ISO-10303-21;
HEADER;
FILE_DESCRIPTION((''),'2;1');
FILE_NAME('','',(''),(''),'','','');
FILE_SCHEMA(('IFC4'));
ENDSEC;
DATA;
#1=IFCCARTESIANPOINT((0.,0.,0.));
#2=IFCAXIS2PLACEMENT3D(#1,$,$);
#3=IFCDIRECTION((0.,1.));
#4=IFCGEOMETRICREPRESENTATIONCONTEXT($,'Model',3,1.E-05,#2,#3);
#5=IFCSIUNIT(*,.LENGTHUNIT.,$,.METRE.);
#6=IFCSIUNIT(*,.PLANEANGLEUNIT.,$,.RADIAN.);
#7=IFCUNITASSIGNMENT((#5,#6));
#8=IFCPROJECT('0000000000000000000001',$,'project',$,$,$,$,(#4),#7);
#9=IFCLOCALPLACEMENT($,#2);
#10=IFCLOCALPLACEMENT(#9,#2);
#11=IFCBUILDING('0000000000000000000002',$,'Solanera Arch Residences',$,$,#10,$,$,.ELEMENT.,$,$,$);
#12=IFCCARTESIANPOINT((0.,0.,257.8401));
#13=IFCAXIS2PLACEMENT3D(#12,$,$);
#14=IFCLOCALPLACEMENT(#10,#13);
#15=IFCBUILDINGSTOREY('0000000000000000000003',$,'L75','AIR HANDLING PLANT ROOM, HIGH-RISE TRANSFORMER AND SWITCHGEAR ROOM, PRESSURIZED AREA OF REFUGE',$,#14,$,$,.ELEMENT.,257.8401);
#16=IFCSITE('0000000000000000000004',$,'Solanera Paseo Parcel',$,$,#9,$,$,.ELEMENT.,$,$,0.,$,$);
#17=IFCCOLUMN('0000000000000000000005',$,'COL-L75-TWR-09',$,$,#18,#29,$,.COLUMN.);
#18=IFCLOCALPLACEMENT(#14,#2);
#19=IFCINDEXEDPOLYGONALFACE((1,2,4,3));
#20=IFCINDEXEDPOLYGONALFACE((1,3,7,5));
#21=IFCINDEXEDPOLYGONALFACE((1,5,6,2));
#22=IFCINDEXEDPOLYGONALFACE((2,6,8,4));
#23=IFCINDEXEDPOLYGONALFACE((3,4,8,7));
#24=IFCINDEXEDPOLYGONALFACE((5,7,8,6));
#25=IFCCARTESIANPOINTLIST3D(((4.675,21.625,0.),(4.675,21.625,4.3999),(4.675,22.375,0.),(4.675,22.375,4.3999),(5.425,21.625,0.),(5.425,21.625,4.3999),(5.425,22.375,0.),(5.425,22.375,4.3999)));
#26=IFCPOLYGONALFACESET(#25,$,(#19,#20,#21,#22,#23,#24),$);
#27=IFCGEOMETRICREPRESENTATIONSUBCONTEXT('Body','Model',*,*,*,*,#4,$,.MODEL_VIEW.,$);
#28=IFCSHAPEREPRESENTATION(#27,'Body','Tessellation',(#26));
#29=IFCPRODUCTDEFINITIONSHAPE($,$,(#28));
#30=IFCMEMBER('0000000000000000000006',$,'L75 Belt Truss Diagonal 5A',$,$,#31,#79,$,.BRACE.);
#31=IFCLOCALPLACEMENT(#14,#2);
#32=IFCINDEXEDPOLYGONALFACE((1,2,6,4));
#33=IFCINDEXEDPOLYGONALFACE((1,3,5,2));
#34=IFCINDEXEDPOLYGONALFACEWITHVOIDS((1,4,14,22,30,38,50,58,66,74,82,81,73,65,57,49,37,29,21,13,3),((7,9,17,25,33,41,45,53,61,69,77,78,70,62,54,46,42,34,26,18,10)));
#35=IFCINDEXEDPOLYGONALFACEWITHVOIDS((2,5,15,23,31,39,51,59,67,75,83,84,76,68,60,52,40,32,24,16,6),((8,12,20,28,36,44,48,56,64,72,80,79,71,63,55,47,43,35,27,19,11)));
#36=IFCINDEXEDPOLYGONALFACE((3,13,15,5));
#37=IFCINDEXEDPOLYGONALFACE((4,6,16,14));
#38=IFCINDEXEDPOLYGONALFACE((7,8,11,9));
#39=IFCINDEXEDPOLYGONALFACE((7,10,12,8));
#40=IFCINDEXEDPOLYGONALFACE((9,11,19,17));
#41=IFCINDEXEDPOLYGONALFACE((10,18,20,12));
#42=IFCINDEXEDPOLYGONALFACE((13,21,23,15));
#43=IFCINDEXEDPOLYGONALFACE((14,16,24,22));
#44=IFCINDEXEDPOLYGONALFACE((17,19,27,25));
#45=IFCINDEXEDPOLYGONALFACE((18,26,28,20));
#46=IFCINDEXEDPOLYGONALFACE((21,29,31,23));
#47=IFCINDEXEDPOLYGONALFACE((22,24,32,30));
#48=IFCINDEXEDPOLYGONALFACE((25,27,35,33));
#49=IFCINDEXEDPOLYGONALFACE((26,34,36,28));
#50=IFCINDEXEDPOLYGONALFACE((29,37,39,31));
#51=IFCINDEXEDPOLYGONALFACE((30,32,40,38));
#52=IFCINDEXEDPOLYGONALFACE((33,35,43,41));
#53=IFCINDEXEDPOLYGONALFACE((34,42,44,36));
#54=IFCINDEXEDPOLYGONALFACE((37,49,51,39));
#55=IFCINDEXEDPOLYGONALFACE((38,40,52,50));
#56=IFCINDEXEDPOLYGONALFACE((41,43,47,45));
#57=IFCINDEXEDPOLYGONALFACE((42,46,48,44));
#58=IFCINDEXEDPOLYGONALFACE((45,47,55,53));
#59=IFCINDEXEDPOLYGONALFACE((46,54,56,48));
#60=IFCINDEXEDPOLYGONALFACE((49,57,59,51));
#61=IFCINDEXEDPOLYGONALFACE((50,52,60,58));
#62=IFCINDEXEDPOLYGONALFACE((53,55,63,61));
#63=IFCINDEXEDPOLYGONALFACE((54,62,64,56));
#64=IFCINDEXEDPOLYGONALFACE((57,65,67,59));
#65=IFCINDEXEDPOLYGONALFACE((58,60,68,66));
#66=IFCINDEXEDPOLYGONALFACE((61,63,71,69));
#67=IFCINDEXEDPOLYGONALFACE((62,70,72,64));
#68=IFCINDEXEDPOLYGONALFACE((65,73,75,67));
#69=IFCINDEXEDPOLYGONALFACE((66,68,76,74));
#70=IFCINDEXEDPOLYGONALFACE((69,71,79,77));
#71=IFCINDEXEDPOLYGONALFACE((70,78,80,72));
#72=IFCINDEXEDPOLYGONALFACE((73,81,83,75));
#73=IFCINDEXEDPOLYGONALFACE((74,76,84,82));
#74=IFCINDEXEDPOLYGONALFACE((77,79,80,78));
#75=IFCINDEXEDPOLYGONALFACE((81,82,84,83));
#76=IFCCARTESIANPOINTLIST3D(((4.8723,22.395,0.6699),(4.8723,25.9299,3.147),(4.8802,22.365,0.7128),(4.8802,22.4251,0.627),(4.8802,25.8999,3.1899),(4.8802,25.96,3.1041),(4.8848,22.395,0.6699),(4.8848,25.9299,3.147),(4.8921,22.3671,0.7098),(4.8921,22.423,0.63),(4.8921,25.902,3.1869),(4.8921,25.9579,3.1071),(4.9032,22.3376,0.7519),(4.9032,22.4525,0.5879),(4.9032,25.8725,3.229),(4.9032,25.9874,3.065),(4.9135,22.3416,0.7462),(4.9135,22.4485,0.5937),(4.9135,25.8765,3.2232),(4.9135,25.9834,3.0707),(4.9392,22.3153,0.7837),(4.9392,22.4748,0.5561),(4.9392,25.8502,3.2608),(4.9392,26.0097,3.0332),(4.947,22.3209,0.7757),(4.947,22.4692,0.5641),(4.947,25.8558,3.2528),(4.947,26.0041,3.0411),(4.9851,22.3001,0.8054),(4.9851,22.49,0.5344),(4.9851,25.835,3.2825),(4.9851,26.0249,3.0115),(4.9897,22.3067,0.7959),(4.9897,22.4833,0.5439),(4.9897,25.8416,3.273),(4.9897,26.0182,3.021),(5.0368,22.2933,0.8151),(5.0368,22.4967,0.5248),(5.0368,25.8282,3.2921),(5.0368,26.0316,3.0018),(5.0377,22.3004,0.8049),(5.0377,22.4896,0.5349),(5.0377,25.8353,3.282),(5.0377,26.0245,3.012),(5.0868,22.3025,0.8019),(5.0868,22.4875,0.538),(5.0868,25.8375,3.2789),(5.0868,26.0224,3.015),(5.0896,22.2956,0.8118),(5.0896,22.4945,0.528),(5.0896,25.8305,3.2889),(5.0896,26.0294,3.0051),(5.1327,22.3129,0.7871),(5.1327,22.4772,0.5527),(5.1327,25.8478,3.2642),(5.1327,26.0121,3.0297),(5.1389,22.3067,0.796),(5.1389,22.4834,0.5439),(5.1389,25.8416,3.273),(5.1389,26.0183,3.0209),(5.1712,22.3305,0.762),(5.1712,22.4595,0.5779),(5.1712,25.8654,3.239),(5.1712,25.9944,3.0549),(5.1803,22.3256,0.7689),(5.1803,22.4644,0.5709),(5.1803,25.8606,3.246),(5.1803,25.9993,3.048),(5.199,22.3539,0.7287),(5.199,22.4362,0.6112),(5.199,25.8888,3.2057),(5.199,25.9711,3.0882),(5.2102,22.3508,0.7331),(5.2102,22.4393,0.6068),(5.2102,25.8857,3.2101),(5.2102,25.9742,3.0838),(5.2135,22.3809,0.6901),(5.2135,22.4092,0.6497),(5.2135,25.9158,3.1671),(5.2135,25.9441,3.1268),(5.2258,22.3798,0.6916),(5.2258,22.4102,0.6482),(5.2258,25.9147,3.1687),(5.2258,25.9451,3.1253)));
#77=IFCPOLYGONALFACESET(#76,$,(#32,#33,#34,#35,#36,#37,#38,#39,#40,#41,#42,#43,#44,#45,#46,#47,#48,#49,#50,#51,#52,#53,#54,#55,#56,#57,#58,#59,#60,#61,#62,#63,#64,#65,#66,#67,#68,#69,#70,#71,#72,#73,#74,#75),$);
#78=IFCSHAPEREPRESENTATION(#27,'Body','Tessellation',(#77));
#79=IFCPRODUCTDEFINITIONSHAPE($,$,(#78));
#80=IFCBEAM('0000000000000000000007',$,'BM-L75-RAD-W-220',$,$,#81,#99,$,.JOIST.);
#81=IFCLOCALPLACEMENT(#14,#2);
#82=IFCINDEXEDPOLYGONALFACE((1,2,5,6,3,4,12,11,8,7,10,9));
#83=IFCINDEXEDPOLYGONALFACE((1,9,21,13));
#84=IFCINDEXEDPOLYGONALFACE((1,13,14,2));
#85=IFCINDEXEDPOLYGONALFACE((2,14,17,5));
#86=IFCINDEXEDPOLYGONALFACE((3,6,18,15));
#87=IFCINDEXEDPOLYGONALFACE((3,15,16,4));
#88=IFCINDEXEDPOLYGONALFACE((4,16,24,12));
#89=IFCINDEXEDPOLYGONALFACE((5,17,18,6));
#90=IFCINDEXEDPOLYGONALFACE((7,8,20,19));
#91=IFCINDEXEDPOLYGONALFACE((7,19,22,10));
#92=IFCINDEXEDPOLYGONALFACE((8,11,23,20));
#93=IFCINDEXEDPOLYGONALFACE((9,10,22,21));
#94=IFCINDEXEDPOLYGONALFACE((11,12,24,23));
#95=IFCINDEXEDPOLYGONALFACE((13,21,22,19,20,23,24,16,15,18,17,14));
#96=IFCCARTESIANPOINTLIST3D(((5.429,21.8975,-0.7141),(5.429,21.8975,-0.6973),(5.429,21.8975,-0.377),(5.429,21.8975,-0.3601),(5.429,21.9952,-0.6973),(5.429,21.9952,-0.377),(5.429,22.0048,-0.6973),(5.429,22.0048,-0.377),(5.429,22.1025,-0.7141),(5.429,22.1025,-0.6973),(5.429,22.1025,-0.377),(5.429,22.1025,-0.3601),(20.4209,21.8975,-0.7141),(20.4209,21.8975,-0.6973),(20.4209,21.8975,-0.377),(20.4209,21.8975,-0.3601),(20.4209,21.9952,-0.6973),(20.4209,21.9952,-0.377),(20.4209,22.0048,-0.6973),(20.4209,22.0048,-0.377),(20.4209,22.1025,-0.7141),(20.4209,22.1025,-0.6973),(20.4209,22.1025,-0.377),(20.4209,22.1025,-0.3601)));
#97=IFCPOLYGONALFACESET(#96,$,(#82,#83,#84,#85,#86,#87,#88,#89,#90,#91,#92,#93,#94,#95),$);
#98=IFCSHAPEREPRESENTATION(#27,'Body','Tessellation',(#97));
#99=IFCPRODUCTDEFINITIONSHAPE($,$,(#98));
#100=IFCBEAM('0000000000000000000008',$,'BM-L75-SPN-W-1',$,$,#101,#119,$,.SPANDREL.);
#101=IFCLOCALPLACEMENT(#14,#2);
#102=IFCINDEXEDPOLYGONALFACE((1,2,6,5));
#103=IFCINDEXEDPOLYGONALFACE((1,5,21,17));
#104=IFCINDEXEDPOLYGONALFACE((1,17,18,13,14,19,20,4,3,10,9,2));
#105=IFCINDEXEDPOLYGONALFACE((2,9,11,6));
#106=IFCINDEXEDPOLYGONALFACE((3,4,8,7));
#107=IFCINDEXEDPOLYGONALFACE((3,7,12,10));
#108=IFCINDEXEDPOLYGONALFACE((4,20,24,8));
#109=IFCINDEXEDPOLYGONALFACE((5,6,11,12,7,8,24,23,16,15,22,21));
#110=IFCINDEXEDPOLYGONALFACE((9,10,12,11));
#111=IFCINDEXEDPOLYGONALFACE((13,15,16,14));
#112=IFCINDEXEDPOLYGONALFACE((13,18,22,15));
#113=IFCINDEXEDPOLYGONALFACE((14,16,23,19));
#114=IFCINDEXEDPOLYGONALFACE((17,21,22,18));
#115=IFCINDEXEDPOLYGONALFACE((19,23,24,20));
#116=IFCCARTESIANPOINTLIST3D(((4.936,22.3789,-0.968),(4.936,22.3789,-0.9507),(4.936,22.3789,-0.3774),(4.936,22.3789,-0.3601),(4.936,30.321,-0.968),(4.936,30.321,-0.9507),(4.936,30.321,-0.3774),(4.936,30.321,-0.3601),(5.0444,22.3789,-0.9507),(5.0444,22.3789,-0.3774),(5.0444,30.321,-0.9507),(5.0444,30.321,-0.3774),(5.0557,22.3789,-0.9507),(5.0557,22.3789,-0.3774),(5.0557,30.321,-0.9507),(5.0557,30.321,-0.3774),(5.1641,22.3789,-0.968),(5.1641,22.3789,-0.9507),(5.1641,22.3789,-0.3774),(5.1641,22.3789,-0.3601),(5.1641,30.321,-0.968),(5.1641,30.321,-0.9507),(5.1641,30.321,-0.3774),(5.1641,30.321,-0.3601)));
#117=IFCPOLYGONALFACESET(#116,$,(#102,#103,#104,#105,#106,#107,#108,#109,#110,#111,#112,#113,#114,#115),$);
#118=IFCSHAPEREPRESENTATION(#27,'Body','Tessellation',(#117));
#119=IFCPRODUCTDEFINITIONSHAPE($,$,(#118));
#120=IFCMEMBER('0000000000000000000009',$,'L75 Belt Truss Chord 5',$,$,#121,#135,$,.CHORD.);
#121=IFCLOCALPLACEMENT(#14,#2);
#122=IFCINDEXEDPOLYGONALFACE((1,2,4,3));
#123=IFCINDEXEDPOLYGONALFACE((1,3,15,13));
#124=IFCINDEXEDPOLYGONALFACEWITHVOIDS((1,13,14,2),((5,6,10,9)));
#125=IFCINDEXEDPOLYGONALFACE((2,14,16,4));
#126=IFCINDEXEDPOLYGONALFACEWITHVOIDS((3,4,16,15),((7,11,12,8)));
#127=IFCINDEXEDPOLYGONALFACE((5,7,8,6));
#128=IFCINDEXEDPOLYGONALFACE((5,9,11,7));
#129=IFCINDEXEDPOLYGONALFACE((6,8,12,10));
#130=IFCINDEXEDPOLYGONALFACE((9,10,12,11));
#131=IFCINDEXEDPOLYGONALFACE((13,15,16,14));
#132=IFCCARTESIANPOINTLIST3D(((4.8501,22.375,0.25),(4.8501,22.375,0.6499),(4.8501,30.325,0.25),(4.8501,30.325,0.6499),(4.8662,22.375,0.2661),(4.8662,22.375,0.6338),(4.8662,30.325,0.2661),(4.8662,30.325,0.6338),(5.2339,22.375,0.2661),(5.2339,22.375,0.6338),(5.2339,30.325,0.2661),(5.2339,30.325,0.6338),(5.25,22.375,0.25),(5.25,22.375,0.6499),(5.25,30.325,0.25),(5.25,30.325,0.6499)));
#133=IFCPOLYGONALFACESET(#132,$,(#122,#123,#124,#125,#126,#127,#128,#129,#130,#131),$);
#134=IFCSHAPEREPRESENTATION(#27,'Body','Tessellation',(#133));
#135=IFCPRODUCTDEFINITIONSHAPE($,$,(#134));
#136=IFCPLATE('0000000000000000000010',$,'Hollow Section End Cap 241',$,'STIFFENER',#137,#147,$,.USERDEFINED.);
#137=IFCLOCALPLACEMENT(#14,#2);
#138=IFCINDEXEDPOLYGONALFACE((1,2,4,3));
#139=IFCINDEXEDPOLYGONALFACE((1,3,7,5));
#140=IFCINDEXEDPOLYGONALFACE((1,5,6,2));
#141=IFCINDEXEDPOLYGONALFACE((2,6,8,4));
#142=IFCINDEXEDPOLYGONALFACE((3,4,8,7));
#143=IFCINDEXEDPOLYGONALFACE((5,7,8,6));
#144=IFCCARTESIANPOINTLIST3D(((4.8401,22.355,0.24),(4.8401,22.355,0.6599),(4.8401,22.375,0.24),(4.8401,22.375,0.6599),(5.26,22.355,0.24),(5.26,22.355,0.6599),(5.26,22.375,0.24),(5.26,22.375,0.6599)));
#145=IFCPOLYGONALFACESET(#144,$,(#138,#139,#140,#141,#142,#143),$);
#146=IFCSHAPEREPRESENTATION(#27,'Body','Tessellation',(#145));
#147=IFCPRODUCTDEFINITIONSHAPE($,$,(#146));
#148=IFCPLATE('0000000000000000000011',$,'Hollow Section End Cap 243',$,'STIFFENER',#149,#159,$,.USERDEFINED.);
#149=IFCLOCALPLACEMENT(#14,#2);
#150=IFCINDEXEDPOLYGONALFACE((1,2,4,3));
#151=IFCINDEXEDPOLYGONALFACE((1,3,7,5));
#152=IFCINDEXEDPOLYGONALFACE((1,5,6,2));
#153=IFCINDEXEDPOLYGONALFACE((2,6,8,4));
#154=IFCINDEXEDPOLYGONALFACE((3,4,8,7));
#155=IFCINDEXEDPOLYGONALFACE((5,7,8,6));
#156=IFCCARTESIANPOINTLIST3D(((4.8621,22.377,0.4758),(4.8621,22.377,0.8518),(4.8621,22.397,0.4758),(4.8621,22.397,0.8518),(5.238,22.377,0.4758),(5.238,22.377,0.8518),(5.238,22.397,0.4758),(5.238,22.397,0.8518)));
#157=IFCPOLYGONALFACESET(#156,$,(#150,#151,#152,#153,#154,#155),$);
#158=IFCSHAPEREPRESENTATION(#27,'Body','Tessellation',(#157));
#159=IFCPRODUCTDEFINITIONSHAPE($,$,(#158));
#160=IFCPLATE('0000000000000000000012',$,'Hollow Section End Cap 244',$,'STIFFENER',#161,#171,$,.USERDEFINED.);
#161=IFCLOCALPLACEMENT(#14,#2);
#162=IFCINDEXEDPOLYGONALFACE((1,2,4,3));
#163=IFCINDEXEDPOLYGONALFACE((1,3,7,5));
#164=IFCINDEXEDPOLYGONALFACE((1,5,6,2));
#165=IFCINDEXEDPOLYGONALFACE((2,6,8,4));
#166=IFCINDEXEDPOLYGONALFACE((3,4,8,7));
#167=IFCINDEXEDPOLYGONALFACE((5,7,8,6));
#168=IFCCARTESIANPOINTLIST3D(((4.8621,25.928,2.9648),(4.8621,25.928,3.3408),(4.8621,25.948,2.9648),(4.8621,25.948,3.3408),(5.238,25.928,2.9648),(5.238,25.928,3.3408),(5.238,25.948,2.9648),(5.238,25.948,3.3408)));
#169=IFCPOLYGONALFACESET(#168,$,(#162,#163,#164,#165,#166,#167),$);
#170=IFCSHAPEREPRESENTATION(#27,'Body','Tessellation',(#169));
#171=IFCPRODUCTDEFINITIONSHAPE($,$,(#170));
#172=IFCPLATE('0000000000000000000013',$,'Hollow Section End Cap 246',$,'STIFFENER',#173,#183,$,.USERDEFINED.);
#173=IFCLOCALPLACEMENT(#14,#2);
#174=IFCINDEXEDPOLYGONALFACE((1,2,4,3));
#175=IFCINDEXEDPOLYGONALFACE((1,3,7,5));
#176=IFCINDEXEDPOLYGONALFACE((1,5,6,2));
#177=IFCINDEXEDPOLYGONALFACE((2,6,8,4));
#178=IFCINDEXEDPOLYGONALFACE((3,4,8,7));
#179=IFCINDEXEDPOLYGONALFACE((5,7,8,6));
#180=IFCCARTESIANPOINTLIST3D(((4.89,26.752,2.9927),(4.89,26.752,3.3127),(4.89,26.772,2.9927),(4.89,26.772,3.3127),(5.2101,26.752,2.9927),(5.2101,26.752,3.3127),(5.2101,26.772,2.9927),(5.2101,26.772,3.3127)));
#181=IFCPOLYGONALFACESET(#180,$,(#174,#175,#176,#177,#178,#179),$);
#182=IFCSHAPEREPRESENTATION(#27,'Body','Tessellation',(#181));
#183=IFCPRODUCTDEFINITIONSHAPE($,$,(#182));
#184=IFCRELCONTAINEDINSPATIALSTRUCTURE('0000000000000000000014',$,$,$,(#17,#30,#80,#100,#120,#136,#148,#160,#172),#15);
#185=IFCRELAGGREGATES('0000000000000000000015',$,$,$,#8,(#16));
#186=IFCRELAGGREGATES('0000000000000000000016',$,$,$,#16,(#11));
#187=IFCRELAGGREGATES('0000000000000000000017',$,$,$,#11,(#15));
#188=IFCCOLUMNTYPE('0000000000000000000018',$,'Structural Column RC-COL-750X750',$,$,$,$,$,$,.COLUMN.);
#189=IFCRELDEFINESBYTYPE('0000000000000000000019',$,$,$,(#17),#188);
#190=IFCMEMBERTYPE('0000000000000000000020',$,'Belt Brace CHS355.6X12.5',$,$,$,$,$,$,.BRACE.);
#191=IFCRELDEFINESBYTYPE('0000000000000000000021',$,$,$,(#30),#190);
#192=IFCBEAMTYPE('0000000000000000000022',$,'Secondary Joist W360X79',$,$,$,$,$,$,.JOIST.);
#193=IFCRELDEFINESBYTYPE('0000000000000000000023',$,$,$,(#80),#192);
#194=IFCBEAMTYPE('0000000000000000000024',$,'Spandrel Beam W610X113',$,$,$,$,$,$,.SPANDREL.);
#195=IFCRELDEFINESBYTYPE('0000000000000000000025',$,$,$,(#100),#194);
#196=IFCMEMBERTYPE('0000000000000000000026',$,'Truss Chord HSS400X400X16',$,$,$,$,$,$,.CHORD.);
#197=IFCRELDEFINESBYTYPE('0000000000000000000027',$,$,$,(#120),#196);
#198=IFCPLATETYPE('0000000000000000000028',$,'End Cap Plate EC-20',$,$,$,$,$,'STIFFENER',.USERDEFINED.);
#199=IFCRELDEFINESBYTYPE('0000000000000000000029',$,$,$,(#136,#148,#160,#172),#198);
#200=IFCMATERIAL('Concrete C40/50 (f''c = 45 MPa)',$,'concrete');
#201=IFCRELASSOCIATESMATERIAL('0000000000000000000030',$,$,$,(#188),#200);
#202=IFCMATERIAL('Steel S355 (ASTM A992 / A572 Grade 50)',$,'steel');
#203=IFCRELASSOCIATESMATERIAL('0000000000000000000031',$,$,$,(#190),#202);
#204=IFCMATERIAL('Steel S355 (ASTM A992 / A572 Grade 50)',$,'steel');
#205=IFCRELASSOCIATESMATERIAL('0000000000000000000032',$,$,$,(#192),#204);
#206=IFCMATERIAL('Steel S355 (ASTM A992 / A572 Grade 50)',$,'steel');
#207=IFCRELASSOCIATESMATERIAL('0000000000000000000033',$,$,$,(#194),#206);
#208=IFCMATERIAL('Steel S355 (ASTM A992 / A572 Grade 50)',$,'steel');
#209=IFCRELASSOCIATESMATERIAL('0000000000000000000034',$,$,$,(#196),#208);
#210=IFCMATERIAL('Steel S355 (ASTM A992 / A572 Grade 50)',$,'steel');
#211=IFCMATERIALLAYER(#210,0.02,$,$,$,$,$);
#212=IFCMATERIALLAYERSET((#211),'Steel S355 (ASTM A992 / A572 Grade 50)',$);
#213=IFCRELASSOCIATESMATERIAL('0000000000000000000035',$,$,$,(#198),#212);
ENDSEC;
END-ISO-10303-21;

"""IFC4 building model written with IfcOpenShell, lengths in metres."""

from ifc_helpers import new_model, si_unit, direction, frame, origin, origin_2d, place, context, subcontext, project, spatial, rectangle, hollow_rectangle, hollow_circle, i_section, extrude, material, layer, layer_set, material_profile, profile_set, type_object, element, save


model = new_model("IFC4")

# Units and contexts
model_context = context("Model", 3, precision=1e-05, world=origin(), true_north=direction((0.0, 1.0)))
body_context = subcontext(model_context, "Body", "Model", "MODEL_VIEW")
ifc_project = project(units=[si_unit("LENGTHUNIT", "METRE"), si_unit("PLANEANGLEUNIT", "RADIAN")], contexts=[model_context])

# Site, building, storey
site_placement = place(None, origin())
site = spatial("IfcSite", under=ifc_project, at=site_placement, Name="Solanera Paseo Parcel", CompositionType="ELEMENT", RefElevation=0.0)
building_placement = place(site_placement, origin())
building = spatial("IfcBuilding", under=site, at=building_placement, Name="Solanera Arch Residences", CompositionType="ELEMENT")
storey_placement = place(building_placement, frame((0.0, 0.0, 257.8401)))
storey = spatial("IfcBuildingStorey", under=building, at=storey_placement, Name="L75", Description="AIR HANDLING PLANT ROOM, HIGH-RISE TRANSFORMER AND SWITCHGEAR ROOM, PRESSURIZED AREA OF REFUGE", CompositionType="ELEMENT", Elevation=257.8401)

# Column
ifc_material_1 = material(Name="Concrete C40/50 (f'c = 45 MPa)", Category="concrete")
ifc_material_profile_1 = material_profile(ifc_material_1, rectangle(XDim=0.75, YDim=0.75, at=origin_2d()))
ifc_profile_set_1 = profile_set([ifc_material_profile_1], Name="Concrete C40/50 (f'c = 45 MPa)")
column_type = type_object("IfcColumnType", Name="Structural Column RC-COL-750X750", PredefinedType="COLUMN", material=ifc_profile_set_1)
column_placement = place(storey_placement, frame((5.05, 22.0, 0.0), z_axis=(0.0, 0.0, 1.0), x_axis=(1.0, 0.0, 0.0)))
element("IfcColumn", 1, at=column_placement, inside=storey, type_object=column_type, Name="COL-L75-TWR-09", PredefinedType="COLUMN", context=body_context, shape_type="SweptSolid", body=[
    extrude(rectangle(XDim=0.75, YDim=0.75, at=origin_2d()), origin(), (0.0, 0.0, 1.0), 4.3999),
])

# Member
ifc_material_2 = material(Name="Steel S355 (ASTM A992 / A572 Grade 50)", Category="steel")
ifc_material_profile_2 = material_profile(ifc_material_2, hollow_circle(Radius=0.1777, WallThickness=0.0125, at=origin_2d()))
ifc_profile_set_2 = profile_set([ifc_material_profile_2], Name="Steel S355 (ASTM A992 / A572 Grade 50)")
member_type_1 = type_object("IfcMemberType", Name="Belt Brace CHS355.6X12.5", PredefinedType="BRACE", material=ifc_profile_set_2)
member_1_placement = place(storey_placement, frame((5.05, 22.395, 0.6699), z_axis=(0.0, 0.818947, 0.573868), x_axis=(-1.0, 0.0, 0.0)))
element("IfcMember", 2, at=member_1_placement, inside=storey, type_object=member_type_1, Name="L75 Belt Truss Diagonal 5A", PredefinedType="BRACE", context=body_context, shape_type="SweptSolid", body=[
    extrude(hollow_circle(Radius=0.1777, WallThickness=0.0125, at=origin_2d()), origin(), (0.0, 0.0, 1.0), 4.3164),
])

# Beams
ifc_material_3 = material(Name="Steel S355 (ASTM A992 / A572 Grade 50)", Category="steel")
ifc_material_profile_3 = material_profile(ifc_material_3, i_section(OverallWidth=0.2051, OverallDepth=0.354, WebThickness=0.0095, FlangeThickness=0.0168, at=origin_2d()))
ifc_profile_set_3 = profile_set([ifc_material_profile_3], Name="Steel S355 (ASTM A992 / A572 Grade 50)")
beam_type_1 = type_object("IfcBeamType", Name="Secondary Joist W360X79", PredefinedType="JOIST", material=ifc_profile_set_3)
beam_1_placement = place(storey_placement, frame((5.429, 22.0, -0.5371), z_axis=(1.0, 0.0, 0.0), x_axis=(0.0, 1.0, 0.0)))
element("IfcBeam", 3, at=beam_1_placement, inside=storey, type_object=beam_type_1, Name="BM-L75-RAD-W-220", PredefinedType="JOIST", context=body_context, shape_type="SweptSolid", body=[
    extrude(i_section(OverallWidth=0.2051, OverallDepth=0.354, WebThickness=0.0095, FlangeThickness=0.0168, at=origin_2d()), origin(), (0.0, 0.0, 1.0), 14.9919),
])
ifc_material_4 = material(Name="Steel S355 (ASTM A992 / A572 Grade 50)", Category="steel")
ifc_material_profile_4 = material_profile(ifc_material_4, i_section(OverallWidth=0.228, OverallDepth=0.6079, WebThickness=0.0112, FlangeThickness=0.0173, at=origin_2d()))
ifc_profile_set_4 = profile_set([ifc_material_profile_4], Name="Steel S355 (ASTM A992 / A572 Grade 50)")
beam_type_2 = type_object("IfcBeamType", Name="Spandrel Beam W610X113", PredefinedType="SPANDREL", material=ifc_profile_set_4)
beam_2_placement = place(storey_placement, frame((5.05, 22.3789, -0.6641), z_axis=(0.0, 1.0, 0.0), x_axis=(-1.0, 0.0, 0.0)))
element("IfcBeam", 4, at=beam_2_placement, inside=storey, type_object=beam_type_2, Name="BM-L75-SPN-W-1", PredefinedType="SPANDREL", context=body_context, shape_type="SweptSolid", body=[
    extrude(i_section(OverallWidth=0.228, OverallDepth=0.6079, WebThickness=0.0112, FlangeThickness=0.0173, at=origin_2d()), origin(), (0.0, 0.0, 1.0), 7.9421),
])

# Member
ifc_material_5 = material(Name="Steel S355 (ASTM A992 / A572 Grade 50)", Category="steel")
ifc_material_profile_5 = material_profile(ifc_material_5, hollow_rectangle(XDim=0.3999, YDim=0.3999, WallThickness=0.0161, at=origin_2d()))
ifc_profile_set_5 = profile_set([ifc_material_profile_5], Name="Steel S355 (ASTM A992 / A572 Grade 50)")
member_type_2 = type_object("IfcMemberType", Name="Truss Chord HSS400X400X16", PredefinedType="CHORD", material=ifc_profile_set_5)
member_2_placement = place(storey_placement, frame((5.05, 22.375, 0.45), z_axis=(0.0, 1.0, 0.0), x_axis=(-1.0, 0.0, 0.0)))
element("IfcMember", 5, at=member_2_placement, inside=storey, type_object=member_type_2, Name="L75 Belt Truss Chord 5", PredefinedType="CHORD", context=body_context, shape_type="SweptSolid", body=[
    extrude(hollow_rectangle(XDim=0.3999, YDim=0.3999, WallThickness=0.0161, at=origin_2d()), origin(), (0.0, 0.0, 1.0), 7.95),
])

# Plates
ifc_material_6 = material(Name="Steel S355 (ASTM A992 / A572 Grade 50)", Category="steel")
ifc_layer_1 = layer(ifc_material_6, 0.02)
ifc_layer_set_1 = layer_set([ifc_layer_1], Name="Steel S355 (ASTM A992 / A572 Grade 50)")
plate_type_1 = type_object("IfcPlateType", Name="End Cap Plate EC-20", ElementType="STIFFENER", PredefinedType="USERDEFINED", material=ifc_layer_set_1)
plate_1_placement = place(storey_placement, frame((5.05, 22.365, 0.24), z_axis=(0.0, 0.0, 1.0), x_axis=(0.0, -1.0, 0.0)))
element("IfcPlate", 6, at=plate_1_placement, inside=storey, type_object=plate_type_1, Name="Hollow Section End Cap 241", ObjectType="STIFFENER", PredefinedType="USERDEFINED", context=body_context, shape_type="SweptSolid", body=[
    extrude(rectangle(XDim=0.02, YDim=0.4199, at=origin_2d()), origin(), (0.0, 0.0, 1.0), 0.4199),
])
for number, where, z_axis, x_axis, name in (
    (7, (5.05, 22.387, 0.4758), (0.0, 0.0, 1.0), (0.0, -1.0, 0.0), "Hollow Section End Cap 243"),
    (8, (5.05, 25.938, 2.9648), (0.0, 0.0, 1.0), (0.0, 1.0, 0.0), "Hollow Section End Cap 244"),
):
    element("IfcPlate", number, at=place(storey_placement, frame(where, z_axis=z_axis, x_axis=x_axis)), inside=storey, type_object=plate_type_1, Name=name, ObjectType="STIFFENER", PredefinedType="USERDEFINED", context=body_context, shape_type="SweptSolid", body=[
        extrude(rectangle(XDim=0.02, YDim=0.376, at=origin_2d()), origin(), (0.0, 0.0, 1.0), 0.376),
    ])
plate_2_placement = place(storey_placement, frame((5.05, 26.762, 2.9927), z_axis=(0.0, 0.0, 1.0), x_axis=(0.0, -1.0, 0.0)))
element("IfcPlate", 9, at=plate_2_placement, inside=storey, type_object=plate_type_1, Name="Hollow Section End Cap 246", ObjectType="STIFFENER", PredefinedType="USERDEFINED", context=body_context, shape_type="SweptSolid", body=[
    extrude(rectangle(XDim=0.02, YDim=0.3201, at=origin_2d()), origin(), (0.0, 0.0, 1.0), 0.3201),
])

save(model, "model.ifc")
